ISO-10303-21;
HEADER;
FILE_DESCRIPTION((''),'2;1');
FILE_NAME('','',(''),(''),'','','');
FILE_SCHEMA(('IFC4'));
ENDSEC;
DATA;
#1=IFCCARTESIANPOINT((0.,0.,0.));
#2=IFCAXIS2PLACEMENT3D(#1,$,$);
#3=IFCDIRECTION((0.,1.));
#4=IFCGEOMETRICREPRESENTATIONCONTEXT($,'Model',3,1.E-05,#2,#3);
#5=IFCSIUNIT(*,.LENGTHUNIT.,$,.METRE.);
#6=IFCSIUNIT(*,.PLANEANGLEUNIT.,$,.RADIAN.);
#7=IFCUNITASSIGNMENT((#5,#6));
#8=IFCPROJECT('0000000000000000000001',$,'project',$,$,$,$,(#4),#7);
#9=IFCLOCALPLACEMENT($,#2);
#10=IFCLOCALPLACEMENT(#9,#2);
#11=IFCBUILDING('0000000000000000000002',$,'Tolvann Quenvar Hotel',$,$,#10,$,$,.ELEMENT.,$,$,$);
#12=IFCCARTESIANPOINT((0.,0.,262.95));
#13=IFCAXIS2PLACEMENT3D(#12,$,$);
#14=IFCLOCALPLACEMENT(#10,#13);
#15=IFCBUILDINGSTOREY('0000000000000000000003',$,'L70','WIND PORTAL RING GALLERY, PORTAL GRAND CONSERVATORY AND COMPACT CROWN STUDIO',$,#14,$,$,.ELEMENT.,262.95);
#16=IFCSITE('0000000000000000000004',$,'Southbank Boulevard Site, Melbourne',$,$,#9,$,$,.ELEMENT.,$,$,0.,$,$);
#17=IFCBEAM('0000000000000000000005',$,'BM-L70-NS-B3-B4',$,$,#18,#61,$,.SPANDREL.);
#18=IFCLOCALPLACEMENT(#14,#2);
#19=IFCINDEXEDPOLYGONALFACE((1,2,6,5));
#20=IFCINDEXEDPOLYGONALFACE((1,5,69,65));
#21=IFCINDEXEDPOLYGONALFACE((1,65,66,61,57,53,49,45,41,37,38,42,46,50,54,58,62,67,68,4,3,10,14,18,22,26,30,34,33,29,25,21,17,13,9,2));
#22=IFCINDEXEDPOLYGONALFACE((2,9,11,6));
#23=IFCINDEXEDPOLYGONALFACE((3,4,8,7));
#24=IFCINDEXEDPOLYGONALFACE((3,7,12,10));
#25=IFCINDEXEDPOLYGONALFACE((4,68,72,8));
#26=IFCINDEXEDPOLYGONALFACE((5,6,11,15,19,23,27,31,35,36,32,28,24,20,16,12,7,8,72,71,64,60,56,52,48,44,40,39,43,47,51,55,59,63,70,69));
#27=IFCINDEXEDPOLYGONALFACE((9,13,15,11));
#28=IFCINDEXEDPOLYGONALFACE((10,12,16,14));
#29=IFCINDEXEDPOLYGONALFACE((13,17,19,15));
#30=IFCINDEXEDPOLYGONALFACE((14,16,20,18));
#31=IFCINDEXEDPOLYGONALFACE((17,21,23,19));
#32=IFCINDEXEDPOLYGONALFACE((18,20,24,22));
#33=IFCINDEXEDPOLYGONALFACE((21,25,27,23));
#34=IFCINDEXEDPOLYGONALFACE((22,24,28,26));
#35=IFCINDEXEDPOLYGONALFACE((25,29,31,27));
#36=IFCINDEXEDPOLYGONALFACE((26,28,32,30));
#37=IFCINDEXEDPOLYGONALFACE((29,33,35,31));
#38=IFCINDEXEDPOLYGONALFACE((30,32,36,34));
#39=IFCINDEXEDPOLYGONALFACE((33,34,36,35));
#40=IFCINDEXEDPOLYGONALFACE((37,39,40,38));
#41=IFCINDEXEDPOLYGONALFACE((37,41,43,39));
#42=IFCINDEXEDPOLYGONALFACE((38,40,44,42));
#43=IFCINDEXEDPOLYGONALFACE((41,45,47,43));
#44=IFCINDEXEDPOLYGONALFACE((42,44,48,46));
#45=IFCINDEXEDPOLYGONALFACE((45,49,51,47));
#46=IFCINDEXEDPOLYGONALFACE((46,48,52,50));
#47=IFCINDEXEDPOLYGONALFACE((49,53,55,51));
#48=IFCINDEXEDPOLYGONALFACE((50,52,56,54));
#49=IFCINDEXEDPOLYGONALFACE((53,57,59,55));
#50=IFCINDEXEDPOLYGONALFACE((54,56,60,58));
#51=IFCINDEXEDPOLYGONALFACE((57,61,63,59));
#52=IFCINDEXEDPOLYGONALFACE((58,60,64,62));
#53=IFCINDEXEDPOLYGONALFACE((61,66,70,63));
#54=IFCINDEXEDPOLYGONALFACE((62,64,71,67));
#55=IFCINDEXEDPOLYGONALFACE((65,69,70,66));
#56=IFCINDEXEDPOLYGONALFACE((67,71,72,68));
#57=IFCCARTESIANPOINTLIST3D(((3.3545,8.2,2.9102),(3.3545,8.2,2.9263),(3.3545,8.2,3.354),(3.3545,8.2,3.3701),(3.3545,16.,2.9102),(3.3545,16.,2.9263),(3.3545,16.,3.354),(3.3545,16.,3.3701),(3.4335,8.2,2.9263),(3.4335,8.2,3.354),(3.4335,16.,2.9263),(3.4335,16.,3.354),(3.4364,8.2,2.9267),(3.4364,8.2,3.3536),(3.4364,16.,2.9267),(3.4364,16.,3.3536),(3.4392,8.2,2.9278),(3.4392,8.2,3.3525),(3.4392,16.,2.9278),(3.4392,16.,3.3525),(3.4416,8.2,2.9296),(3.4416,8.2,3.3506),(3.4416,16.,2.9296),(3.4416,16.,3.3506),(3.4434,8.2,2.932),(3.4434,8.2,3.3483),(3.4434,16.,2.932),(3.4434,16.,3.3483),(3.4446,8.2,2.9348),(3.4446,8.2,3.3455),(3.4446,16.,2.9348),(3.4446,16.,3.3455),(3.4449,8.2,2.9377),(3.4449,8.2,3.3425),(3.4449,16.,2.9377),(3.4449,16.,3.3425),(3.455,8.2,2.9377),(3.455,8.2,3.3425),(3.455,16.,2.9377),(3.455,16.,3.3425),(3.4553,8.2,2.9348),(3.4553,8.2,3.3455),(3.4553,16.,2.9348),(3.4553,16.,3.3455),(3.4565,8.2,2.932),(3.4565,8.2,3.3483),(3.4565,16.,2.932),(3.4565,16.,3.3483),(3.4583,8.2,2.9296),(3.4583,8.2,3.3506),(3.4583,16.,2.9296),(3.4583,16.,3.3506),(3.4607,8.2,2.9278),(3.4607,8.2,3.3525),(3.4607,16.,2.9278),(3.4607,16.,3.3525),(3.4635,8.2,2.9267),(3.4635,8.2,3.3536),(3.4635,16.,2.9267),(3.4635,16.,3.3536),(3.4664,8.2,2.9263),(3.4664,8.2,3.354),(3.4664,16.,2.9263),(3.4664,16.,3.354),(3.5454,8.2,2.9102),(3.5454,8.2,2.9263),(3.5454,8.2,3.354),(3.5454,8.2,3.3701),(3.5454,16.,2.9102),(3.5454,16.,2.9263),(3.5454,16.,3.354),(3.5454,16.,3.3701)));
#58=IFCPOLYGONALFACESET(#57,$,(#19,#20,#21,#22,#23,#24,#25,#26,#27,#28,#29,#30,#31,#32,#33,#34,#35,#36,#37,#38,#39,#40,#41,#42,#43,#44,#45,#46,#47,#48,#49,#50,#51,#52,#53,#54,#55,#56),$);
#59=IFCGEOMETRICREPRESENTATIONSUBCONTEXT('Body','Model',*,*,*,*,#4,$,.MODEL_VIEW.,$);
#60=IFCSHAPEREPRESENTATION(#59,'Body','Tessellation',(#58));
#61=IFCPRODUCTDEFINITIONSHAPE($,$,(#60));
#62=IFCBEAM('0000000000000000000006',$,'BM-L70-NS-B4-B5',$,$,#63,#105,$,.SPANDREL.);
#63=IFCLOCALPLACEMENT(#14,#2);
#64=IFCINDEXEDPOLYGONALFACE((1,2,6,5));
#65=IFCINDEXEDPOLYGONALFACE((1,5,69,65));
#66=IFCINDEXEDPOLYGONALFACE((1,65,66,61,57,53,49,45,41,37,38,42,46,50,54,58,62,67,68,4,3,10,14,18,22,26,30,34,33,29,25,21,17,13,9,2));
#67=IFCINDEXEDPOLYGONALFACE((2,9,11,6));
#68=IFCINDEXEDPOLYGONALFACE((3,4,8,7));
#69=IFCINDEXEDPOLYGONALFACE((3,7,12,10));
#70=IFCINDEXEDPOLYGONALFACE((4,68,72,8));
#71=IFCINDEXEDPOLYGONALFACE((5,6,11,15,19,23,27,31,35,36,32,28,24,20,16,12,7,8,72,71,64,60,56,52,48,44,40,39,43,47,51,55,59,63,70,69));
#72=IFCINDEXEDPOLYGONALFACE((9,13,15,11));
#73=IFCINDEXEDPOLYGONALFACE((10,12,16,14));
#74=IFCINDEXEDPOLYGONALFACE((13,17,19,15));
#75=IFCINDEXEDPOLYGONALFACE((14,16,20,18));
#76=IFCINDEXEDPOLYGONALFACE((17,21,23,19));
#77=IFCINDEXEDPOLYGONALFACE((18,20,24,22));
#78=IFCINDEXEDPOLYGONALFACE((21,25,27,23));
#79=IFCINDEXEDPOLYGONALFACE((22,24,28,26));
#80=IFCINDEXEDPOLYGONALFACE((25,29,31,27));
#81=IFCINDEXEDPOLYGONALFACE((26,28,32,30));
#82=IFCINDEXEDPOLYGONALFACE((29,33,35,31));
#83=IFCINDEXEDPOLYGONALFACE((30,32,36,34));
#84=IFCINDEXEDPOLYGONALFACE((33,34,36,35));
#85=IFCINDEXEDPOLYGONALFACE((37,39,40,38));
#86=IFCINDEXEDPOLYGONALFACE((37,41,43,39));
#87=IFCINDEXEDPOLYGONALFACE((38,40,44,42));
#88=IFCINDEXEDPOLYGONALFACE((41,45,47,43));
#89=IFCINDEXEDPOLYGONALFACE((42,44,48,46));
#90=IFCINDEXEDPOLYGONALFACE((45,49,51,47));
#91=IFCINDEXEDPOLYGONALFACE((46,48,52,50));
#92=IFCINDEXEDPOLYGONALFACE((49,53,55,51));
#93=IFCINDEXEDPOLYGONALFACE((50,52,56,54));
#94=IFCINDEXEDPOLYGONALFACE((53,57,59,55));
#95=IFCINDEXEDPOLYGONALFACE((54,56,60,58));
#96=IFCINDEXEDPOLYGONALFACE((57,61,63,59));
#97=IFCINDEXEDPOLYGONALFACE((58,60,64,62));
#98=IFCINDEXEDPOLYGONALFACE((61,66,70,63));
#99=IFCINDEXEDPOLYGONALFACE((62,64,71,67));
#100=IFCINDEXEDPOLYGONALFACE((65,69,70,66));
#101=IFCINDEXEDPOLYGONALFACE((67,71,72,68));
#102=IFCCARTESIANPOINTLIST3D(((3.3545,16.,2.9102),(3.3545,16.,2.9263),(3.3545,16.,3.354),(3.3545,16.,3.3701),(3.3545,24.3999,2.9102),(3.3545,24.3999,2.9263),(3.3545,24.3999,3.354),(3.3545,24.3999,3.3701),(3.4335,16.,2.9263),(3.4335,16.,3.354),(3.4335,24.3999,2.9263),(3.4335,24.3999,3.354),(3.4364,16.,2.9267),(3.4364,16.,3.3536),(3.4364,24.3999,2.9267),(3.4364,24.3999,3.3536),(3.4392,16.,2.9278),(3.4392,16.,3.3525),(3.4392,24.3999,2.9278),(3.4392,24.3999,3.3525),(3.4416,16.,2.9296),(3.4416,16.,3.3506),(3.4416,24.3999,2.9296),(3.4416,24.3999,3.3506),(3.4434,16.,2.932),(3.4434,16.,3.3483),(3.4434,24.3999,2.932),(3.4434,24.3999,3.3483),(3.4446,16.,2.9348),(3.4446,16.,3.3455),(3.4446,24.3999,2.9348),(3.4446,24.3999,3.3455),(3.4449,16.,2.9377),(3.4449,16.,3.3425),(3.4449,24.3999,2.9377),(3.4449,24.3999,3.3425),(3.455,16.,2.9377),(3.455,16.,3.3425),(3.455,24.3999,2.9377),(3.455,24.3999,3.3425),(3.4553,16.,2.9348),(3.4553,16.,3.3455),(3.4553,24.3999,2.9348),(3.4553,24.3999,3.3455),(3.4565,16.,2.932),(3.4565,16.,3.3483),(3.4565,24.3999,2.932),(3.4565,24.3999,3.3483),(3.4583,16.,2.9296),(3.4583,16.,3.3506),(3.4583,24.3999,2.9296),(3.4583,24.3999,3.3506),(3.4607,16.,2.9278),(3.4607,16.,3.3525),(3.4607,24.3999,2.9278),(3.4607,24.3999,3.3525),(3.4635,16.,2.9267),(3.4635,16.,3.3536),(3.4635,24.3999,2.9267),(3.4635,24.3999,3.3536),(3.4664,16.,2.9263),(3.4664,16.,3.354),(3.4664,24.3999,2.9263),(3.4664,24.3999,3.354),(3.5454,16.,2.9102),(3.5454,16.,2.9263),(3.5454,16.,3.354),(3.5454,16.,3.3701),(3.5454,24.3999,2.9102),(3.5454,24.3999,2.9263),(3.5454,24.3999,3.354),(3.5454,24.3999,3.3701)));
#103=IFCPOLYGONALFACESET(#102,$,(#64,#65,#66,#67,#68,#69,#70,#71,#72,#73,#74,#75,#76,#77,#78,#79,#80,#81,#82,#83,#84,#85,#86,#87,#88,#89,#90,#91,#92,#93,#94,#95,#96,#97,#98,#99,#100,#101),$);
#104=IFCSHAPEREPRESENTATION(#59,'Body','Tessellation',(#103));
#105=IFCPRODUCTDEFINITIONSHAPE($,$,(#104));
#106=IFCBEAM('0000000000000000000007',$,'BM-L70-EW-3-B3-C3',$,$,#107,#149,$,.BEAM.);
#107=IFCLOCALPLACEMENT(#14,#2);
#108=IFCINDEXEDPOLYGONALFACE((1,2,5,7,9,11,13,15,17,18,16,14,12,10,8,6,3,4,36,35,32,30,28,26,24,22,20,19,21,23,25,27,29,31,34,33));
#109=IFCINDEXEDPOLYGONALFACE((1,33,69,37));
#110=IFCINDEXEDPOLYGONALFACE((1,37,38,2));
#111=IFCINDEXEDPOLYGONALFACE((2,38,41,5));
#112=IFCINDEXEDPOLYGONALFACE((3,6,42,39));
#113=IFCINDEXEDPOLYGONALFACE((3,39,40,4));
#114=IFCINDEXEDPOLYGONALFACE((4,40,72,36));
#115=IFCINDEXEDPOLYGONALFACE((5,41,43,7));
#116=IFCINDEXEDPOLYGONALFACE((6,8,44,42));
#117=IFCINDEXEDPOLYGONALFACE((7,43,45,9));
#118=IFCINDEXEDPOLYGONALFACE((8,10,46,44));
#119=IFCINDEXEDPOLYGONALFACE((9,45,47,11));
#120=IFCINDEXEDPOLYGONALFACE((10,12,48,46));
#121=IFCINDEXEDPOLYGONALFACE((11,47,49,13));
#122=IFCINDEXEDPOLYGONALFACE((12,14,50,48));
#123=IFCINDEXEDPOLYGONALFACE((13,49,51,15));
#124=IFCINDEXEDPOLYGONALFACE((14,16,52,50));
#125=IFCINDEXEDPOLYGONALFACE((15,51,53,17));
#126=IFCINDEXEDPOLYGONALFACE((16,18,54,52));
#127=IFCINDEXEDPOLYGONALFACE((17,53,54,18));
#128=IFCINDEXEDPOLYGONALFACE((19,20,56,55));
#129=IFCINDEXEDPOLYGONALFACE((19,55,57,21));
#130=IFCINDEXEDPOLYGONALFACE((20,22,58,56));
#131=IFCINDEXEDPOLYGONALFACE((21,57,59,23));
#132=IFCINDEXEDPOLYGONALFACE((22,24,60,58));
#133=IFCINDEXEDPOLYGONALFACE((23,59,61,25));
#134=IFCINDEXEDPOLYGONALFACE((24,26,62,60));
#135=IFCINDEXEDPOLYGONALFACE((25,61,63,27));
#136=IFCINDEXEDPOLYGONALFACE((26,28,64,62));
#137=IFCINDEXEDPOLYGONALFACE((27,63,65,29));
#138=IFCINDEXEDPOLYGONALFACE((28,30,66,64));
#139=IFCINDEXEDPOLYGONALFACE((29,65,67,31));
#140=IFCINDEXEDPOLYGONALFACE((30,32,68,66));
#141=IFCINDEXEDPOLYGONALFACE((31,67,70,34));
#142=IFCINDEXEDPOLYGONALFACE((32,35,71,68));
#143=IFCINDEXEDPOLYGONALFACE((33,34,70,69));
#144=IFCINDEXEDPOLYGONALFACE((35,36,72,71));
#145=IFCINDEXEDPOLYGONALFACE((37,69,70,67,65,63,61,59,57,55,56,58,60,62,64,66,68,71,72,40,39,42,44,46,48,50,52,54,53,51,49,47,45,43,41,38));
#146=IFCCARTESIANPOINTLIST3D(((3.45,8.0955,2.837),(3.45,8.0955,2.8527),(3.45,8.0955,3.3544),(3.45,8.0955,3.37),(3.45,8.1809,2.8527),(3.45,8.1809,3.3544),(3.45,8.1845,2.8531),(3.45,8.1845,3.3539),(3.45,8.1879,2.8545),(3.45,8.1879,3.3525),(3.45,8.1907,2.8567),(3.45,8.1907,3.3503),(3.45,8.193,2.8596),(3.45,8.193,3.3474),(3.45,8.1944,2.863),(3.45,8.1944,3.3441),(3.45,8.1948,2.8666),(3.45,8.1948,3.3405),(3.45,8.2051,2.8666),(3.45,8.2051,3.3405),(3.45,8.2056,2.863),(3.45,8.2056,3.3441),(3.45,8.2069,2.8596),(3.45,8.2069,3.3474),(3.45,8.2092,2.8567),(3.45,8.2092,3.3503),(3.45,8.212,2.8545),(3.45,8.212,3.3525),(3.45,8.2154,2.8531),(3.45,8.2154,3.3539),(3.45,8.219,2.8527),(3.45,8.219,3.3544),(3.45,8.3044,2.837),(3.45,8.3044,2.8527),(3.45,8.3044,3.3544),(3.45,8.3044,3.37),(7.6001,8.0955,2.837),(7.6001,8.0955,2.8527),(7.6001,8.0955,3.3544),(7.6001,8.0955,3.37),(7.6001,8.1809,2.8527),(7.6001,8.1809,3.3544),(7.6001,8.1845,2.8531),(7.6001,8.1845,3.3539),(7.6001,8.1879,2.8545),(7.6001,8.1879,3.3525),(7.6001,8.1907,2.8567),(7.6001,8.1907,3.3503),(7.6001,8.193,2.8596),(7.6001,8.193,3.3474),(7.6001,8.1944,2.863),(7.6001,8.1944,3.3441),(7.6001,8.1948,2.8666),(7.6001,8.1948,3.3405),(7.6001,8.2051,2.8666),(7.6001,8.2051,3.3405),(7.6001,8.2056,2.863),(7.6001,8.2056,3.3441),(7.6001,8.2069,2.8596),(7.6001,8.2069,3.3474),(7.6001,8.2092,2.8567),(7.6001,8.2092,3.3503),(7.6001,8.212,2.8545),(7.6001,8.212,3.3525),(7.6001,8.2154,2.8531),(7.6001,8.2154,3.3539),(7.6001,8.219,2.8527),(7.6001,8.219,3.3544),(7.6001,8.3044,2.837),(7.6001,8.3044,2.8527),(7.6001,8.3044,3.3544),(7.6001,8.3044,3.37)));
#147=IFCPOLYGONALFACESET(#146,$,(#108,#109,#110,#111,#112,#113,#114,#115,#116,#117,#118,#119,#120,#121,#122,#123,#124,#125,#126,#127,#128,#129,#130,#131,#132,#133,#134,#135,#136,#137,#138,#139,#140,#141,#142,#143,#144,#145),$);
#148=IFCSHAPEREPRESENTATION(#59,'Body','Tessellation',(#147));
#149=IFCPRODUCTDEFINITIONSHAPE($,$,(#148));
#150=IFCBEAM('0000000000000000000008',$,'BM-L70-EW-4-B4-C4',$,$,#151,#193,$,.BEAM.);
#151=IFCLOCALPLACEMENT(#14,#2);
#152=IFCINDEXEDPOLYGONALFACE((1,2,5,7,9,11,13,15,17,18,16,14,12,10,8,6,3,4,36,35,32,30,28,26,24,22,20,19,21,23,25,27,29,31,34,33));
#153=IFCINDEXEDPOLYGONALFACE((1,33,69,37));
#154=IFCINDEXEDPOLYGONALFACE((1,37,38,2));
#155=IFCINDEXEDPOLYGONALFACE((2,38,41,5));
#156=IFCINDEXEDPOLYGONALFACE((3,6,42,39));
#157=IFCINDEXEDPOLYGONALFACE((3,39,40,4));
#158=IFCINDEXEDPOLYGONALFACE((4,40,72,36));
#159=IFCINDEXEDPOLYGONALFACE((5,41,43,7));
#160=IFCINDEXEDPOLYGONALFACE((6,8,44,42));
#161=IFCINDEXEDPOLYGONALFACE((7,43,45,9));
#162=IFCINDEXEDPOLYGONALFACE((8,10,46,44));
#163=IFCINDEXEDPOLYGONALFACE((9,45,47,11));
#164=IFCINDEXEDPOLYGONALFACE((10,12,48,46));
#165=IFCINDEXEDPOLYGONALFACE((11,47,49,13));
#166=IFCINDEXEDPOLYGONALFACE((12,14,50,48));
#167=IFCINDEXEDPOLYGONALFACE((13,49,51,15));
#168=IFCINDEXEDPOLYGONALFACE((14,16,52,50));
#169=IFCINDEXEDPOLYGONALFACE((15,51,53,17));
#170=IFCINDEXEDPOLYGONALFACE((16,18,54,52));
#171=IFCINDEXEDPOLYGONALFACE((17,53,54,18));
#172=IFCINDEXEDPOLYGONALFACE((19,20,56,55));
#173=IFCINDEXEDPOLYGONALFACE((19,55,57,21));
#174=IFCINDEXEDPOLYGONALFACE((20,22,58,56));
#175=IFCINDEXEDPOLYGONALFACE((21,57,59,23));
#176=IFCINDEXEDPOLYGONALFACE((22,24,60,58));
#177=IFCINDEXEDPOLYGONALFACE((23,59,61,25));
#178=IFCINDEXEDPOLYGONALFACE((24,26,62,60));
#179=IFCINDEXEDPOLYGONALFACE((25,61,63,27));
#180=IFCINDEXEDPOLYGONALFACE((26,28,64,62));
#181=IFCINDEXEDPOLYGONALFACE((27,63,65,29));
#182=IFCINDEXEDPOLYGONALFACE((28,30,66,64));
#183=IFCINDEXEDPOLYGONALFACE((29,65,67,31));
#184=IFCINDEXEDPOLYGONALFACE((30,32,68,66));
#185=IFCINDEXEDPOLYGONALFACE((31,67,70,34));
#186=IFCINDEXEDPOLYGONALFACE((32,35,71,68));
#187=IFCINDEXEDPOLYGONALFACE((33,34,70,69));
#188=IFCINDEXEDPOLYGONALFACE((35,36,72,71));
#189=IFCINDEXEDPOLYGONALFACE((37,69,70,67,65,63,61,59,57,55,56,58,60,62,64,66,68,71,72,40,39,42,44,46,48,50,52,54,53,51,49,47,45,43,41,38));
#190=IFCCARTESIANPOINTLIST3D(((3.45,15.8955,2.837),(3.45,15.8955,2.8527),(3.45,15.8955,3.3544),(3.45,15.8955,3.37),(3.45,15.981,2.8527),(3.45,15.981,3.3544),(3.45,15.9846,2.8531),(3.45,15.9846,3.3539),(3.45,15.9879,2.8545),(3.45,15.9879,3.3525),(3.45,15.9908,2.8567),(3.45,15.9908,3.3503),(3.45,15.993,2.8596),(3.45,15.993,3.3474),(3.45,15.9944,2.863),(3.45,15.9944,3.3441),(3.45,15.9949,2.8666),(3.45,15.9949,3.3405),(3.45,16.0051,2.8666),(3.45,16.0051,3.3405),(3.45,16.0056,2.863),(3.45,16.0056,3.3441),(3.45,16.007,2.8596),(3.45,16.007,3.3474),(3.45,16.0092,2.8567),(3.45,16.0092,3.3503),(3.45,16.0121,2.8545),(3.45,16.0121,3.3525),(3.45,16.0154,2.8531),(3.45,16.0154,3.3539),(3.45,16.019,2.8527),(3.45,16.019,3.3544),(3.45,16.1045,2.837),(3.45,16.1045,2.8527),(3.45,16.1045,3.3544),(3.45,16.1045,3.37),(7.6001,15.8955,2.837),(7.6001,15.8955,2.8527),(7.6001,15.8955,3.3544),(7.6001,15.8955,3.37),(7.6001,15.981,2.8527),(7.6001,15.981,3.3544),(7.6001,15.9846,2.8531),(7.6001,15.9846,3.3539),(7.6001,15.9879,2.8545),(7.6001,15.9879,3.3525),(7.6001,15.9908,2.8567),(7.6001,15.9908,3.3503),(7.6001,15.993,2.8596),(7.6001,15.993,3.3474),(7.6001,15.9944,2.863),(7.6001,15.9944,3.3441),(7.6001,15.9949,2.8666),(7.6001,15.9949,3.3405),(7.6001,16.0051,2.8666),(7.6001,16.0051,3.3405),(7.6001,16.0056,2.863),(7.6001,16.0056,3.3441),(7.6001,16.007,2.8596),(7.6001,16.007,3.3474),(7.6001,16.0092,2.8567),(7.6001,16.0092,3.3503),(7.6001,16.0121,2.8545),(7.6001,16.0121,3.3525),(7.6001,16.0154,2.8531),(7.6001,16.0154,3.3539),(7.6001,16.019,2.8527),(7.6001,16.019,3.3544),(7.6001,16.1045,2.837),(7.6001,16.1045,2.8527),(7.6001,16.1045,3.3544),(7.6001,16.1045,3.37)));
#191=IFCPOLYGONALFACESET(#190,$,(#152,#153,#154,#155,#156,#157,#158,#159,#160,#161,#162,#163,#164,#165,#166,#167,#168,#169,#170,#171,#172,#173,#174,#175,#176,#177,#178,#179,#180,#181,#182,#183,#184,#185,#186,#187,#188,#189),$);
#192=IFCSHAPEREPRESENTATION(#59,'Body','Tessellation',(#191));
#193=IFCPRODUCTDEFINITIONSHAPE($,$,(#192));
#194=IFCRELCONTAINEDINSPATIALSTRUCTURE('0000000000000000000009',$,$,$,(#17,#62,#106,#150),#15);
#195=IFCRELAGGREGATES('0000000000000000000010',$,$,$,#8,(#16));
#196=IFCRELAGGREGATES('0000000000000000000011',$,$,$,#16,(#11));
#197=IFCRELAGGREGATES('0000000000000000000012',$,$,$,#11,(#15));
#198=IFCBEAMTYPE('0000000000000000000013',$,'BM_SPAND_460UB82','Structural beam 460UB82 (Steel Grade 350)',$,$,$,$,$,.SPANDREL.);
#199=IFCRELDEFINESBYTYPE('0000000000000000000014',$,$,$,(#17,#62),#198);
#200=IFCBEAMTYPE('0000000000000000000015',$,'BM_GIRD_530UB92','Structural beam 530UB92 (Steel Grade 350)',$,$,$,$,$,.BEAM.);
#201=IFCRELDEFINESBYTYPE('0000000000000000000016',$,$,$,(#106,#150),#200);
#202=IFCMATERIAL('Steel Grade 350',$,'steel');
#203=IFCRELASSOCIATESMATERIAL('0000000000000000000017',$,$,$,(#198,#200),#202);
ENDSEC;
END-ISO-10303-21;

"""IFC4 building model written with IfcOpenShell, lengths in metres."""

from ifc_helpers import new_model, si_unit, direction, frame, origin, origin_2d, place, context, subcontext, project, spatial, i_section, extrude, source, transform, mapped, material, material_profile, profile_set, type_object, type_shapes, element, save


model = new_model("IFC4")

# Units and contexts
model_context = context("Model", 3, precision=1e-05, world=origin(), true_north=direction((0.0, 1.0)))
body_context = subcontext(model_context, "Body", "Model", "MODEL_VIEW")
ifc_project = project(units=[si_unit("LENGTHUNIT", "METRE"), si_unit("PLANEANGLEUNIT", "RADIAN")], contexts=[model_context])

# Site, building, storey
site_placement = place(None, origin())
site = spatial("IfcSite", under=ifc_project, at=site_placement, Name="Southbank Boulevard Site, Melbourne", CompositionType="ELEMENT", RefElevation=0.0)
building_placement = place(site_placement, origin())
building = spatial("IfcBuilding", under=site, at=building_placement, Name="Tolvann Quenvar Hotel", CompositionType="ELEMENT")
storey_placement = place(building_placement, frame((0.0, 0.0, 262.95)))
storey = spatial("IfcBuildingStorey", under=building, at=storey_placement, Name="L70", Description="WIND PORTAL RING GALLERY, PORTAL GRAND CONSERVATORY AND COMPACT CROWN STUDIO", CompositionType="ELEMENT", Elevation=262.95)

# Shared definitions
ifc_material_1 = material(Name="Steel Grade 350", Category="steel")

# Beams
ifc_material_profile_1 = material_profile(ifc_material_1, i_section(OverallWidth=0.1909, OverallDepth=0.46, WebThickness=0.01, FlangeThickness=0.0161, FilletRadius=0.0115, at=origin_2d()), Name="460UB82")
ifc_profile_set_1 = profile_set([ifc_material_profile_1], Name="Steel Grade 350")
beam_type_1 = type_object("IfcBeamType", Name="BM_SPAND_460UB82", Description="Structural beam 460UB82 (Steel Grade 350)", PredefinedType="SPANDREL", material=ifc_profile_set_1)
shared_shape_1 = source(origin(), body_context, "Body", "SweptSolid", [
    extrude(i_section(OverallWidth=0.1909, OverallDepth=0.46, WebThickness=0.01, FlangeThickness=0.0161, FilletRadius=0.0115, at=origin_2d()), origin(), (0.0, 0.0, 1.0), 7.8),
])
beam_1_placement = place(storey_placement, frame((3.45, 8.2, 3.1401), z_axis=(0.0, 1.0, 0.0), x_axis=(-1.0, 0.0, 0.0)))
element("IfcBeam", 1, at=beam_1_placement, inside=storey, type_object=beam_type_1, Name="BM-L70-NS-B3-B4", PredefinedType="SPANDREL", context=body_context, shape_type="MappedRepresentation", body=[
    mapped(shared_shape_1, transform((0.0, 0.0, 0.0), x_axis=(1.0, 0.0, 0.0), y_axis=(0.0, 1.0, 0.0), z_axis=(0.0, 0.0, 1.0), scale=1.0)),
])
shared_shape_2 = source(origin(), body_context, "Body", "SweptSolid", [
    extrude(i_section(OverallWidth=0.1909, OverallDepth=0.46, WebThickness=0.01, FlangeThickness=0.0161, FilletRadius=0.0115, at=origin_2d()), origin(), (0.0, 0.0, 1.0), 8.3999),
])
type_shapes(beam_type_1, [shared_shape_1, shared_shape_2])
beam_2_placement = place(storey_placement, frame((3.45, 16.0, 3.1401), z_axis=(0.0, 1.0, 0.0), x_axis=(-1.0, 0.0, 0.0)))
element("IfcBeam", 2, at=beam_2_placement, inside=storey, type_object=beam_type_1, Name="BM-L70-NS-B4-B5", PredefinedType="SPANDREL", context=body_context, shape_type="MappedRepresentation", body=[
    mapped(shared_shape_2, transform((0.0, 0.0, 0.0), x_axis=(1.0, 0.0, 0.0), y_axis=(0.0, 1.0, 0.0), z_axis=(0.0, 0.0, 1.0), scale=1.0)),
])
ifc_material_profile_2 = material_profile(ifc_material_1, i_section(OverallWidth=0.209, OverallDepth=0.533, WebThickness=0.0103, FlangeThickness=0.0156, FilletRadius=0.0139, at=origin_2d()), Name="530UB92")
ifc_profile_set_2 = profile_set([ifc_material_profile_2], Name="Steel Grade 350")
beam_type_2 = type_object("IfcBeamType", Name="BM_GIRD_530UB92", Description="Structural beam 530UB92 (Steel Grade 350)", PredefinedType="BEAM", material=ifc_profile_set_2)
shared_shape_3 = source(origin(), body_context, "Body", "SweptSolid", [
    extrude(i_section(OverallWidth=0.209, OverallDepth=0.533, WebThickness=0.0103, FlangeThickness=0.0156, FilletRadius=0.0139, at=origin_2d()), origin(), (0.0, 0.0, 1.0), 4.1501),
])
for number, where, z_axis, x_axis, name in (
    (3, (3.45, 8.2, 3.1035), (1.0, 0.0, 0.0), (0.0, 1.0, 0.0), "BM-L70-EW-3-B3-C3"),
    (4, (3.45, 16.0, 3.1035), (1.0, 0.0, 0.0), (0.0, 1.0, 0.0), "BM-L70-EW-4-B4-C4"),
):
    element("IfcBeam", number, at=place(storey_placement, frame(where, z_axis=z_axis, x_axis=x_axis)), inside=storey, type_object=beam_type_2, Name=name, PredefinedType="BEAM", context=body_context, shape_type="MappedRepresentation", body=[
        mapped(shared_shape_3, transform((0.0, 0.0, 0.0), x_axis=(1.0, 0.0, 0.0), y_axis=(0.0, 1.0, 0.0), z_axis=(0.0, 0.0, 1.0), scale=1.0)),
    ])

save(model, "model.ifc")
